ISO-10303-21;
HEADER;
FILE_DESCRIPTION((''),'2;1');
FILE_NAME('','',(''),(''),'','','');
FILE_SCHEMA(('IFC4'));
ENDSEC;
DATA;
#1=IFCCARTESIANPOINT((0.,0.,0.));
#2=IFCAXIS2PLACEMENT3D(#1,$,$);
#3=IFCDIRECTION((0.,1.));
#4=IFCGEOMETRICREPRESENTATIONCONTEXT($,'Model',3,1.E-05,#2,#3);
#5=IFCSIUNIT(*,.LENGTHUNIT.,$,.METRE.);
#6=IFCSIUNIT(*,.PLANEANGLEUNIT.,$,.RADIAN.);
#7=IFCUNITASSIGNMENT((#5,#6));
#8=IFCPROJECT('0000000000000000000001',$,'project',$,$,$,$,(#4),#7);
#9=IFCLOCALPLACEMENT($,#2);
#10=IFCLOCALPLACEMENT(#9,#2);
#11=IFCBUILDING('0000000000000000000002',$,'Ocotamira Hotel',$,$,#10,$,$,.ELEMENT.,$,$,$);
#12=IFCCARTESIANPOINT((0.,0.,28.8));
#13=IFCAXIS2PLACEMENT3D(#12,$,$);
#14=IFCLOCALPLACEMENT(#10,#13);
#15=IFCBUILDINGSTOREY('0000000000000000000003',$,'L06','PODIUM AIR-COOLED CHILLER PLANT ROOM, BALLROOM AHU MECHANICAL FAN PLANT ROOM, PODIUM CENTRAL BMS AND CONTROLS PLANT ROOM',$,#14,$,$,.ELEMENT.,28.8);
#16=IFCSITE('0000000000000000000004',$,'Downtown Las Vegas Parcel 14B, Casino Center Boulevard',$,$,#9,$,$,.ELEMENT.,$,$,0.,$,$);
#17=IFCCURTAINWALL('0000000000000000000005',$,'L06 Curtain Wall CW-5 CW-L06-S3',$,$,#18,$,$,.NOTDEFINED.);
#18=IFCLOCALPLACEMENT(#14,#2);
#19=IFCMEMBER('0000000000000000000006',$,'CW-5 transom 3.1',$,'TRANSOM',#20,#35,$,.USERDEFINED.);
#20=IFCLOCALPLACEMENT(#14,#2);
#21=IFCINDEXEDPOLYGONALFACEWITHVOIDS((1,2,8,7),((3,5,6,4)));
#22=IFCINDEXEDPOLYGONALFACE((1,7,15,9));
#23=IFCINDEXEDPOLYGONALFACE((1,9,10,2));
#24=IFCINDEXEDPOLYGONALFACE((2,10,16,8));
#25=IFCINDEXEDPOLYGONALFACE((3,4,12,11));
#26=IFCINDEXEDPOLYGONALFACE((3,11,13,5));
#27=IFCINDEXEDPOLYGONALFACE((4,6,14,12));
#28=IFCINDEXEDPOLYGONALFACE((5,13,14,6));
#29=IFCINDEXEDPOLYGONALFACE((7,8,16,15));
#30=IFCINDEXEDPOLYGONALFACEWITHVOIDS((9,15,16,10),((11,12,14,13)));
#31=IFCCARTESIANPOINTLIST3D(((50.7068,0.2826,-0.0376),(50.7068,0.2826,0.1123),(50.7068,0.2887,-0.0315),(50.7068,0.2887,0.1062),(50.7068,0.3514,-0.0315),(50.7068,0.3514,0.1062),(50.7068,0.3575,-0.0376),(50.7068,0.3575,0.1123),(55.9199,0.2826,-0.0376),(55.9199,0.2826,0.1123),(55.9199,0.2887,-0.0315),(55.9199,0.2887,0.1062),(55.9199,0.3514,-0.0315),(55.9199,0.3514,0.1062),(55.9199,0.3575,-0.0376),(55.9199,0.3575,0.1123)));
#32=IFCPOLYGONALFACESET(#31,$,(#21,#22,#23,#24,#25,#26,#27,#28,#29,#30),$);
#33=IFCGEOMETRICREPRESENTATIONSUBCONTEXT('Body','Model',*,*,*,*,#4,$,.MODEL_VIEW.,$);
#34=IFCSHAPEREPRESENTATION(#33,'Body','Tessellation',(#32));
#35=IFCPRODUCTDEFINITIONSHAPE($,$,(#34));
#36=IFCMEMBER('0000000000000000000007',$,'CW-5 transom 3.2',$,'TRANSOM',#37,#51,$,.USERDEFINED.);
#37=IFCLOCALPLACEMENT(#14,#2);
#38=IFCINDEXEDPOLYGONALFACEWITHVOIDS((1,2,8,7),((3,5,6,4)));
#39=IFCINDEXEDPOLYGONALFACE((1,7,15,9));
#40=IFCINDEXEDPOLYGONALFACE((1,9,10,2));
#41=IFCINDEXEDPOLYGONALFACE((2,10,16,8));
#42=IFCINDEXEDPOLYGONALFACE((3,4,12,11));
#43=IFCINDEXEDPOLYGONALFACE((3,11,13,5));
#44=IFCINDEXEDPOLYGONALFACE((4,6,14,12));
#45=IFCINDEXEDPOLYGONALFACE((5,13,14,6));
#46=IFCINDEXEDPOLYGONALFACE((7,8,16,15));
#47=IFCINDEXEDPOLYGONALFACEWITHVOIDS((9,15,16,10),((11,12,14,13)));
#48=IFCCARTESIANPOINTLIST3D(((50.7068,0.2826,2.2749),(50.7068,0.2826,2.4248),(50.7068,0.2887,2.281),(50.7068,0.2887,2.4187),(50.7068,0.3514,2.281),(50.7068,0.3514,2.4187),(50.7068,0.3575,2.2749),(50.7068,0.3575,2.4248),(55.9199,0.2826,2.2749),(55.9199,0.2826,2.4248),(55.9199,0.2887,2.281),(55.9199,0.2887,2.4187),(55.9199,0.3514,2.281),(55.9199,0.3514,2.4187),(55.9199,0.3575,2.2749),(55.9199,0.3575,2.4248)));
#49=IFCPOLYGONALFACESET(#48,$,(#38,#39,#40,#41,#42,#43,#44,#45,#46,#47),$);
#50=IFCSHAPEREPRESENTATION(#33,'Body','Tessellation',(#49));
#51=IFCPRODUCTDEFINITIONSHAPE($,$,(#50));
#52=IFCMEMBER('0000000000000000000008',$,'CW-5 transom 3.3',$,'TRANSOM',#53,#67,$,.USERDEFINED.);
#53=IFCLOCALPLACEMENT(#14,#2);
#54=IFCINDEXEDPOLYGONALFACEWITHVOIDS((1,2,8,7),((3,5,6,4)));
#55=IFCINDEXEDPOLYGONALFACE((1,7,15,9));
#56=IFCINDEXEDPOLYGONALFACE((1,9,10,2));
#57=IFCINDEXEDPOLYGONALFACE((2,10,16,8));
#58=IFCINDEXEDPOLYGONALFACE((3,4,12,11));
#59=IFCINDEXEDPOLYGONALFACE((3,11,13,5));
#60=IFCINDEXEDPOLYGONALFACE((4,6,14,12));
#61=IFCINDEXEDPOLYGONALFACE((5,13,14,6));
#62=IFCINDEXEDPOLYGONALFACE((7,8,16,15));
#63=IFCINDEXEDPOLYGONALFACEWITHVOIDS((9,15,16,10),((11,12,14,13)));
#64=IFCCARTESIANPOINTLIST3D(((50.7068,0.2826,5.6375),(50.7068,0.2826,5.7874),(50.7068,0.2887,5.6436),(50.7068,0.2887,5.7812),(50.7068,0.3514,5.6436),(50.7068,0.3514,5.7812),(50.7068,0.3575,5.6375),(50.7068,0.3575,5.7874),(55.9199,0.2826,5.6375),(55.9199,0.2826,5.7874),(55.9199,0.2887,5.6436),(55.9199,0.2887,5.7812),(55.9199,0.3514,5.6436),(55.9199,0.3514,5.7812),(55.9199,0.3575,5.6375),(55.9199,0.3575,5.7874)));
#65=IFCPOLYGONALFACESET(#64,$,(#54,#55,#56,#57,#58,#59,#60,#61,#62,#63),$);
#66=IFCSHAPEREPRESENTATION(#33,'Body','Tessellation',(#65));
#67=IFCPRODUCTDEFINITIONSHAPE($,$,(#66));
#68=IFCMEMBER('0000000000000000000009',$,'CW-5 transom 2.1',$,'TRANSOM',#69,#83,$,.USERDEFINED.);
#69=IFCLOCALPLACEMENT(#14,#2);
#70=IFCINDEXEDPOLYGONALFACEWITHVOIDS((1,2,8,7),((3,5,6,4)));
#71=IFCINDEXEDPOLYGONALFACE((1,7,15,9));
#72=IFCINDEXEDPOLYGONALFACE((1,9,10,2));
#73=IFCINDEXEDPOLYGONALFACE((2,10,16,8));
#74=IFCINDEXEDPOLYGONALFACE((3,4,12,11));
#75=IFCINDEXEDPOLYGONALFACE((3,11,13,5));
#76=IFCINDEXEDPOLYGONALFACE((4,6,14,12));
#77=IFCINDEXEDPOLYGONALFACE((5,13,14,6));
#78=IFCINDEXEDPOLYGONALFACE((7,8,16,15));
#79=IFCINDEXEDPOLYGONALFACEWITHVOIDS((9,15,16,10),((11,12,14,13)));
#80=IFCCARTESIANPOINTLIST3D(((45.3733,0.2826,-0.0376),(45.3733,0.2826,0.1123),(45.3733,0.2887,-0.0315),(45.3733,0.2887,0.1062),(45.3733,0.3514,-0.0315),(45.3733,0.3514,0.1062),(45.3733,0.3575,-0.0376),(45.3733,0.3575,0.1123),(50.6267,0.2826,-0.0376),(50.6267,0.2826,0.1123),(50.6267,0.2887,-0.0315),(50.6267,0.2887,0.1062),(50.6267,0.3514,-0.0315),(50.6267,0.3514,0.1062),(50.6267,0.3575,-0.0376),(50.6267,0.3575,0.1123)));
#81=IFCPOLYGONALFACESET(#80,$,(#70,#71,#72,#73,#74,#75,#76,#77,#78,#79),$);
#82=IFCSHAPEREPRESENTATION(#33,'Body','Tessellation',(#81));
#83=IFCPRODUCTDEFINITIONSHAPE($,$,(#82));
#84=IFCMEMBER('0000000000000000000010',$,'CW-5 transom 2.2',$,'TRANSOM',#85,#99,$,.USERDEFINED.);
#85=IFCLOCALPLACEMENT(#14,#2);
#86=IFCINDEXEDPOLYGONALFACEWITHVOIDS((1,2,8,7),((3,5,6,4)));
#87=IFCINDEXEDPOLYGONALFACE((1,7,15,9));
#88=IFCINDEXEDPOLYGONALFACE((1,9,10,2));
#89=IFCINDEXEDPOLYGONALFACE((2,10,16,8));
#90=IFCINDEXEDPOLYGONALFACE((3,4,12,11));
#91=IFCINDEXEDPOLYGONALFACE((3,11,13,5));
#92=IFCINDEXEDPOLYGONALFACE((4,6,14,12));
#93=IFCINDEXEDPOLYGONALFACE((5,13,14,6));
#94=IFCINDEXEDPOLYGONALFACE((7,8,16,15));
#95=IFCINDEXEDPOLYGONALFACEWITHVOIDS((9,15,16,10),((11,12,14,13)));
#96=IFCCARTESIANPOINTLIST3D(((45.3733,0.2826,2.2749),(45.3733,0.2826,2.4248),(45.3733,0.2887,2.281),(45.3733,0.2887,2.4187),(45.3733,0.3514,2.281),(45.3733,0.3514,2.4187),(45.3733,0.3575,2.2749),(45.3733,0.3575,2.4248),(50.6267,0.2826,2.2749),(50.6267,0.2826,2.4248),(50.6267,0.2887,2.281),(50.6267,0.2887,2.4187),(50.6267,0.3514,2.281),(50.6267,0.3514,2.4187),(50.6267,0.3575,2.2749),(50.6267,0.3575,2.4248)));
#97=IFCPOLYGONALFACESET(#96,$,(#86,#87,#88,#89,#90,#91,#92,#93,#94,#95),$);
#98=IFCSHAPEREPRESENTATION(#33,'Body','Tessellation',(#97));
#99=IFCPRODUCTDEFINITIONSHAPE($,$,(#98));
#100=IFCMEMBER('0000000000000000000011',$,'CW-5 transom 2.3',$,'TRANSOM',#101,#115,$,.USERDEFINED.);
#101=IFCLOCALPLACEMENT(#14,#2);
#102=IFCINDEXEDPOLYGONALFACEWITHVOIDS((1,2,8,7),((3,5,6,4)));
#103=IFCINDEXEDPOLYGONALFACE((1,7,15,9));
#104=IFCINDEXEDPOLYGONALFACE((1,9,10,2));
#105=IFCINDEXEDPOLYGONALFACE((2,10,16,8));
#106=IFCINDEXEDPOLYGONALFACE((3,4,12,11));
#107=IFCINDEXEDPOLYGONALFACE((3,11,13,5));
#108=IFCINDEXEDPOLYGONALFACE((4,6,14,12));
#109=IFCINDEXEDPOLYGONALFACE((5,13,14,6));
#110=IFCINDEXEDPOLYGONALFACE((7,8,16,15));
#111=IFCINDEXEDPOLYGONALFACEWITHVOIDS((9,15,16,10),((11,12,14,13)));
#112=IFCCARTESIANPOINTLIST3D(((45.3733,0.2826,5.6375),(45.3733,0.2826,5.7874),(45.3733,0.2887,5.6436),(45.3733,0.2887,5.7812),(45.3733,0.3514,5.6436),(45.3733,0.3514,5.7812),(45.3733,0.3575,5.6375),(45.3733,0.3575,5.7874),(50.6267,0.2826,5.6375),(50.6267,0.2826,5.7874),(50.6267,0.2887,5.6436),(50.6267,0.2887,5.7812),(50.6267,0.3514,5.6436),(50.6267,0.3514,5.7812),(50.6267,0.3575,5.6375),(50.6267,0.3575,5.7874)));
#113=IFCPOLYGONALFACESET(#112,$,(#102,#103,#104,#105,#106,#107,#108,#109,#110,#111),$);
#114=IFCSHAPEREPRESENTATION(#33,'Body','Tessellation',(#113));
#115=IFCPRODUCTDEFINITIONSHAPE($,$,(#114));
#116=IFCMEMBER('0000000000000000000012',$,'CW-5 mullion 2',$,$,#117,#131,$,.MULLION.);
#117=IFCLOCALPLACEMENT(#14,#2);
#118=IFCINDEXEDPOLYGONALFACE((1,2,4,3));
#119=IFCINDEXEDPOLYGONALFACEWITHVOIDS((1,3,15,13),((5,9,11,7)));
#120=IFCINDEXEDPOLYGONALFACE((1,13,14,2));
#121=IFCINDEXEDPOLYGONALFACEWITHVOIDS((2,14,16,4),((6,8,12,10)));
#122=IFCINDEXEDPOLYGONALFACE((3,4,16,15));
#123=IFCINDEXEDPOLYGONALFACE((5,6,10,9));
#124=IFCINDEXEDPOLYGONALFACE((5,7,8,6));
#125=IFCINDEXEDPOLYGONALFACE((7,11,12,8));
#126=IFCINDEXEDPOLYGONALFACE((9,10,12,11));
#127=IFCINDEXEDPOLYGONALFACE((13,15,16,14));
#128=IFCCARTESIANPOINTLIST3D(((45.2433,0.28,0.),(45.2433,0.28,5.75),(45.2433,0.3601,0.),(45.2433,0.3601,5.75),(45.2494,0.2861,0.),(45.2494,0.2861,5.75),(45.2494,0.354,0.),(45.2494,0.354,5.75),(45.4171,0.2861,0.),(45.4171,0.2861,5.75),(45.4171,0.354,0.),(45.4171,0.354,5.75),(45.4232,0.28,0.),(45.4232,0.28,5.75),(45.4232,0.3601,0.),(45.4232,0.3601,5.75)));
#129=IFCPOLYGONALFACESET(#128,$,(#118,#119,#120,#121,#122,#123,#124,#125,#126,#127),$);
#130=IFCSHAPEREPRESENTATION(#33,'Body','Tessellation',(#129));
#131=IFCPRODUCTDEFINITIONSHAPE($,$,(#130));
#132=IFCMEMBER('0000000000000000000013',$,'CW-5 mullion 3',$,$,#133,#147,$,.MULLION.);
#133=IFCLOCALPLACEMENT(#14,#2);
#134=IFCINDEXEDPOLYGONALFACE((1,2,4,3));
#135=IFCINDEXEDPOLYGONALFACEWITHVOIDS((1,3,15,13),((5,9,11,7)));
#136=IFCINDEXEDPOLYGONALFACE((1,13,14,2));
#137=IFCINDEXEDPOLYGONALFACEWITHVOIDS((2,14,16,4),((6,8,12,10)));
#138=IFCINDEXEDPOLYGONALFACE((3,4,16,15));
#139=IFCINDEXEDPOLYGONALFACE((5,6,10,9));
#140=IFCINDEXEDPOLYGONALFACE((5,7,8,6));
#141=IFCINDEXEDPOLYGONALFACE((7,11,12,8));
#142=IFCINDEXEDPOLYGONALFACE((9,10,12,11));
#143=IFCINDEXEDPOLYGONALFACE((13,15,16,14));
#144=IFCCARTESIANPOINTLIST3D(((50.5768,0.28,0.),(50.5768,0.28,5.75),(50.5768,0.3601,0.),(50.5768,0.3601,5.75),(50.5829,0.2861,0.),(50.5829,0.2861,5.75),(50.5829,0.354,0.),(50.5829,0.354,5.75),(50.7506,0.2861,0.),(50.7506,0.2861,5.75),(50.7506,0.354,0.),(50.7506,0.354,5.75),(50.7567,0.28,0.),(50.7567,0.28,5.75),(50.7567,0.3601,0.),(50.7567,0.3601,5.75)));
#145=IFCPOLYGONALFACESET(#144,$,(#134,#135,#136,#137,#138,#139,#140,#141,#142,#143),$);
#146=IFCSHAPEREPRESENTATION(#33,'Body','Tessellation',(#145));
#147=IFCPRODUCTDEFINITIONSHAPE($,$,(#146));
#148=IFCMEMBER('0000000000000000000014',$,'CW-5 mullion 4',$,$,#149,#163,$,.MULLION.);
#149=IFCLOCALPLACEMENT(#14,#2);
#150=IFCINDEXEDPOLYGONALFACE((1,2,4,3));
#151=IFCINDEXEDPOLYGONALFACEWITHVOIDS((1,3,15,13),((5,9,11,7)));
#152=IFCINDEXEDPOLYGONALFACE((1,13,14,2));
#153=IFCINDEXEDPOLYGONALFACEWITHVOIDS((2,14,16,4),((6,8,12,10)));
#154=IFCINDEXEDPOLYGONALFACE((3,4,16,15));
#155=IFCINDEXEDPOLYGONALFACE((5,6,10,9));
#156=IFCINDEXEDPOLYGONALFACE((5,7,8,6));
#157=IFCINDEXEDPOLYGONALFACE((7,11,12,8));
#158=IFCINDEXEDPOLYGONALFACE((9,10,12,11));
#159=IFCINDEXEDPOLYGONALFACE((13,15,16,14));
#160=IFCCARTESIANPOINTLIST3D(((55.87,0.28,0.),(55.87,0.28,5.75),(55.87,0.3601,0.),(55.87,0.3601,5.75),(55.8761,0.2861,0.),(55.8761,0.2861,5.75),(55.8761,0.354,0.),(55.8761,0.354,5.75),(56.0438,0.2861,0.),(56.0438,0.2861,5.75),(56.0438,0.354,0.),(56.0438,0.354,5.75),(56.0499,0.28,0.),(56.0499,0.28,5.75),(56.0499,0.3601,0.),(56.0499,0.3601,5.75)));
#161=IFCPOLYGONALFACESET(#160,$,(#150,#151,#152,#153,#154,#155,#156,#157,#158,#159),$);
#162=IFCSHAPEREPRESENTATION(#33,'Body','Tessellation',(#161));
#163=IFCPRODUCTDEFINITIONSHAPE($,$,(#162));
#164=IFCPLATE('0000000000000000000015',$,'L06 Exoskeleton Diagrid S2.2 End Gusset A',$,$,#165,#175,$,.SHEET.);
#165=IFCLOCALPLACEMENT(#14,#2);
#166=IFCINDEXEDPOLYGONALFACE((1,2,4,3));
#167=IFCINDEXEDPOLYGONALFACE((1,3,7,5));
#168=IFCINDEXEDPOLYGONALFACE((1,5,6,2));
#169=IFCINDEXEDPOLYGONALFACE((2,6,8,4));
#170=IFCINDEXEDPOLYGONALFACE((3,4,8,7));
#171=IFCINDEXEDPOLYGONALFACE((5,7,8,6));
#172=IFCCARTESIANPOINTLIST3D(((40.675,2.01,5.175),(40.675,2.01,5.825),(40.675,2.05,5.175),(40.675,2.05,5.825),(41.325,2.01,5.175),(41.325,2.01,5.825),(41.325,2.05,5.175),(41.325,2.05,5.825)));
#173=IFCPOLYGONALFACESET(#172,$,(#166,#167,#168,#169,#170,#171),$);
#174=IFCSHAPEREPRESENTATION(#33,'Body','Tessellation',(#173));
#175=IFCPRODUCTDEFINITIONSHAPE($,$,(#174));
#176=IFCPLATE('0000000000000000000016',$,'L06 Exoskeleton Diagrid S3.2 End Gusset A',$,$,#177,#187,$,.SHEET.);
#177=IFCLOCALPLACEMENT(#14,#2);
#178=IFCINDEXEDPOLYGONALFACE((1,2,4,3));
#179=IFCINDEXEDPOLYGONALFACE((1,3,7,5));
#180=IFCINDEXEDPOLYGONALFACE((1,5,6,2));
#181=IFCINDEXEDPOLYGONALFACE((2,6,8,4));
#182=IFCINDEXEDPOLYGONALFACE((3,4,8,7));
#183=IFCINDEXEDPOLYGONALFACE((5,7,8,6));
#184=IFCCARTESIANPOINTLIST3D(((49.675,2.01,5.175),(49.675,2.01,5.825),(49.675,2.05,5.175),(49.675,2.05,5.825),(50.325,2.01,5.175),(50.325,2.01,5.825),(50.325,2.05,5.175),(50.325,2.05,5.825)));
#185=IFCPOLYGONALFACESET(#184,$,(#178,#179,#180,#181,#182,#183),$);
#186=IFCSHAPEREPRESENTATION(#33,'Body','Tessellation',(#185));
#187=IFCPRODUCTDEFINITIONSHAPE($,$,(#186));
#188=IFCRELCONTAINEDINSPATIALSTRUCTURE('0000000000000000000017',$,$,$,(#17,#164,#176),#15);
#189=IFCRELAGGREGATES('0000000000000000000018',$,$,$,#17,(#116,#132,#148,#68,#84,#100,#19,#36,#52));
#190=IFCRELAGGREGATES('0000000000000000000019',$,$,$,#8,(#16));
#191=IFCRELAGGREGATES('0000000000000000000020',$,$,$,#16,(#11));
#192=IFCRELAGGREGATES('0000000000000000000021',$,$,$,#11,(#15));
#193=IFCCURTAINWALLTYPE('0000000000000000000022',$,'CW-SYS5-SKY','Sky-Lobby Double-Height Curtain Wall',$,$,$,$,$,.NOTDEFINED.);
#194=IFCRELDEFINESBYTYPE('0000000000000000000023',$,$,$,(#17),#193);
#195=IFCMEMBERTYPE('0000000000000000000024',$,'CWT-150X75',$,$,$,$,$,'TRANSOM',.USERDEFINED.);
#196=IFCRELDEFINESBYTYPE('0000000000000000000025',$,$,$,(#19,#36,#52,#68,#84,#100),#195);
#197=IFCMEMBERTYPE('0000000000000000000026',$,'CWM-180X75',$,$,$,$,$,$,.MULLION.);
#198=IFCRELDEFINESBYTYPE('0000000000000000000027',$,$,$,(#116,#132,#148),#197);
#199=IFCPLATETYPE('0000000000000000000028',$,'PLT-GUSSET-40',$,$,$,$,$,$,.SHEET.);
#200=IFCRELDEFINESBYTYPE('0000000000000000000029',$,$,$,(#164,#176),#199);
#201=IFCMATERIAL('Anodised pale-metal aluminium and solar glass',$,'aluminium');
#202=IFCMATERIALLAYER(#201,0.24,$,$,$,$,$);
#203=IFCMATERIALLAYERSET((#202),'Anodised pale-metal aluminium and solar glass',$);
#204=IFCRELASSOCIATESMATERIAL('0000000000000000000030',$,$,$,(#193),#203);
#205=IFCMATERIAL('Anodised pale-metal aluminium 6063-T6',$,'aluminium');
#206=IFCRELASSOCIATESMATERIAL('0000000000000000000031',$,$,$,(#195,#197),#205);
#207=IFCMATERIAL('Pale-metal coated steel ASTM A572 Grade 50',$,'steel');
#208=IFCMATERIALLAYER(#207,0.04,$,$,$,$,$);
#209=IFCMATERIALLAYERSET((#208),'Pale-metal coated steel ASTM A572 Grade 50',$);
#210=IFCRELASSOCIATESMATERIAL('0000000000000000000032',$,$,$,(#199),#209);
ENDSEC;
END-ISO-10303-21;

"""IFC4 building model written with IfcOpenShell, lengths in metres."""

from ifc_helpers import new_model, si_unit, direction, frame, origin, origin_2d, place, context, subcontext, project, spatial, rectangle, hollow_rectangle, extrude, source, transform, mapped, material, layer, layer_set, material_profile, profile_set, type_object, element, aggregate, save


model = new_model("IFC4")

# Units and contexts
model_context = context("Model", 3, precision=1e-05, world=origin(), true_north=direction((0.0, 1.0)))
body_context = subcontext(model_context, "Body", "Model", "MODEL_VIEW")
ifc_project = project(units=[si_unit("LENGTHUNIT", "METRE"), si_unit("PLANEANGLEUNIT", "RADIAN")], contexts=[model_context])

# Site, building, storey
site_placement = place(None, origin())
site = spatial("IfcSite", under=ifc_project, at=site_placement, Name="Downtown Las Vegas Parcel 14B, Casino Center Boulevard", CompositionType="ELEMENT", RefElevation=0.0)
building_placement = place(site_placement, origin())
building = spatial("IfcBuilding", under=site, at=building_placement, Name="Ocotamira Hotel", CompositionType="ELEMENT")
storey_placement = place(building_placement, frame((0.0, 0.0, 28.8)))
storey = spatial("IfcBuildingStorey", under=building, at=storey_placement, Name="L06", Description="PODIUM AIR-COOLED CHILLER PLANT ROOM, BALLROOM AHU MECHANICAL FAN PLANT ROOM, PODIUM CENTRAL BMS AND CONTROLS PLANT ROOM", CompositionType="ELEMENT", Elevation=28.8)

# Curtain wall, members
ifc_material_1 = material(Name="Anodised pale-metal aluminium and solar glass", Category="aluminium")
ifc_layer_1 = layer(ifc_material_1, 0.24)
ifc_layer_set_1 = layer_set([ifc_layer_1], Name="Anodised pale-metal aluminium and solar glass")
curtain_wall_type = type_object("IfcCurtainWallType", Name="CW-SYS5-SKY", Description="Sky-Lobby Double-Height Curtain Wall", PredefinedType="NOTDEFINED", material=ifc_layer_set_1)
curtain_wall_placement = place(storey_placement, origin())
curtain_wall = element("IfcCurtainWall", 1, at=curtain_wall_placement, inside=storey, type_object=curtain_wall_type, Name="L06 Curtain Wall CW-5 CW-L06-S3", PredefinedType="NOTDEFINED")
ifc_material_2 = material(Name="Anodised pale-metal aluminium 6063-T6", Category="aluminium")
ifc_material_profile_1 = material_profile(ifc_material_2, hollow_rectangle(XDim=0.075, YDim=0.1499, WallThickness=0.0061, at=origin_2d()), Name="HSS150X75X6")
ifc_profile_set_1 = profile_set([ifc_material_profile_1], Name="Anodised pale-metal aluminium 6063-T6")
member_type_1 = type_object("IfcMemberType", Name="CWT-150X75", ElementType="TRANSOM", PredefinedType="USERDEFINED", material=ifc_profile_set_1)
shared_shape_1 = source(origin(), body_context, "Body", "SweptSolid", [
    extrude(hollow_rectangle(XDim=0.075, YDim=0.1499, WallThickness=0.0061, at=origin_2d()), origin(), (0.0, 0.0, 1.0), 5.2131),
])
member_1_placement = place(storey_placement, frame((50.7068, 0.3201, 0.0374), z_axis=(1.0, 0.0, 0.0), x_axis=(0.0, 1.0, 0.0)))
member_1 = element("IfcMember", 2, at=member_1_placement, type_object=member_type_1, Name="CW-5 transom 3.1", ObjectType="TRANSOM", PredefinedType="USERDEFINED", context=body_context, shape_type="MappedRepresentation", body=[
    mapped(shared_shape_1, transform((0.0, 0.0, 0.0), scale=1.0)),
])
member_2_placement = place(storey_placement, frame((50.7068, 0.3201, 2.3499), z_axis=(1.0, 0.0, 0.0), x_axis=(0.0, 1.0, 0.0)))
member_2 = element("IfcMember", 3, at=member_2_placement, type_object=member_type_1, Name="CW-5 transom 3.2", ObjectType="TRANSOM", PredefinedType="USERDEFINED", context=body_context, shape_type="MappedRepresentation", body=[
    mapped(shared_shape_1, transform((0.0, 0.0, 0.0), scale=1.0)),
])
member_3_placement = place(storey_placement, frame((50.7068, 0.3201, 5.7124), z_axis=(1.0, 0.0, 0.0), x_axis=(0.0, 1.0, 0.0)))
member_3 = element("IfcMember", 4, at=member_3_placement, type_object=member_type_1, Name="CW-5 transom 3.3", ObjectType="TRANSOM", PredefinedType="USERDEFINED", context=body_context, shape_type="MappedRepresentation", body=[
    mapped(shared_shape_1, transform((0.0, 0.0, 0.0), scale=1.0)),
])
shared_shape_2 = source(origin(), body_context, "Body", "SweptSolid", [
    extrude(hollow_rectangle(XDim=0.075, YDim=0.1499, WallThickness=0.0061, at=origin_2d()), origin(), (0.0, 0.0, 1.0), 5.2534),
])
member_4_placement = place(storey_placement, frame((45.3733, 0.3201, 0.0374), z_axis=(1.0, 0.0, 0.0), x_axis=(0.0, 1.0, 0.0)))
member_4 = element("IfcMember", 5, at=member_4_placement, type_object=member_type_1, Name="CW-5 transom 2.1", ObjectType="TRANSOM", PredefinedType="USERDEFINED", context=body_context, shape_type="MappedRepresentation", body=[
    mapped(shared_shape_2, transform((0.0, 0.0, 0.0), scale=1.0)),
])
member_5_placement = place(storey_placement, frame((45.3733, 0.3201, 2.3499), z_axis=(1.0, 0.0, 0.0), x_axis=(0.0, 1.0, 0.0)))
member_5 = element("IfcMember", 6, at=member_5_placement, type_object=member_type_1, Name="CW-5 transom 2.2", ObjectType="TRANSOM", PredefinedType="USERDEFINED", context=body_context, shape_type="MappedRepresentation", body=[
    mapped(shared_shape_2, transform((0.0, 0.0, 0.0), scale=1.0)),
])
member_6_placement = place(storey_placement, frame((45.3733, 0.3201, 5.7124), z_axis=(1.0, 0.0, 0.0), x_axis=(0.0, 1.0, 0.0)))
member_6 = element("IfcMember", 7, at=member_6_placement, type_object=member_type_1, Name="CW-5 transom 2.3", ObjectType="TRANSOM", PredefinedType="USERDEFINED", context=body_context, shape_type="MappedRepresentation", body=[
    mapped(shared_shape_2, transform((0.0, 0.0, 0.0), scale=1.0)),
])
ifc_material_profile_2 = material_profile(ifc_material_2, hollow_rectangle(XDim=0.0801, YDim=0.1799, WallThickness=0.0061, at=origin_2d()), Name="HSS180X80X6")
ifc_profile_set_2 = profile_set([ifc_material_profile_2], Name="Anodised pale-metal aluminium 6063-T6")
member_type_2 = type_object("IfcMemberType", Name="CWM-180X75", PredefinedType="MULLION", material=ifc_profile_set_2)
shared_shape_3 = source(origin(), body_context, "Body", "SweptSolid", [
    extrude(hollow_rectangle(XDim=0.0801, YDim=0.1799, WallThickness=0.0061, at=origin_2d()), origin(), (0.0, 0.0, 1.0), 5.75),
])
member_7_placement = place(storey_placement, frame((45.3333, 0.3201, 0.0), z_axis=(0.0, 0.0, 1.0), x_axis=(0.0, 1.0, 0.0)))
member_7 = element("IfcMember", 8, at=member_7_placement, type_object=member_type_2, Name="CW-5 mullion 2", PredefinedType="MULLION", context=body_context, shape_type="MappedRepresentation", body=[
    mapped(shared_shape_3, transform((0.0, 0.0, 0.0), scale=1.0)),
])
member_8_placement = place(storey_placement, frame((50.6667, 0.3201, 0.0), z_axis=(0.0, 0.0, 1.0), x_axis=(0.0, 1.0, 0.0)))
member_8 = element("IfcMember", 9, at=member_8_placement, type_object=member_type_2, Name="CW-5 mullion 3", PredefinedType="MULLION", context=body_context, shape_type="MappedRepresentation", body=[
    mapped(shared_shape_3, transform((0.0, 0.0, 0.0), scale=1.0)),
])
member_9_placement = place(storey_placement, frame((55.96, 0.3201, 0.0), z_axis=(0.0, 0.0, 1.0), x_axis=(0.0, 1.0, 0.0)))
member_9 = element("IfcMember", 10, at=member_9_placement, type_object=member_type_2, Name="CW-5 mullion 4", PredefinedType="MULLION", context=body_context, shape_type="MappedRepresentation", body=[
    mapped(shared_shape_3, transform((0.0, 0.0, 0.0), scale=1.0)),
])

# Plates
ifc_material_3 = material(Name="Pale-metal coated steel ASTM A572 Grade 50", Category="steel")
ifc_layer_2 = layer(ifc_material_3, 0.04)
ifc_layer_set_2 = layer_set([ifc_layer_2], Name="Pale-metal coated steel ASTM A572 Grade 50")
plate_type_1 = type_object("IfcPlateType", Name="PLT-GUSSET-40", PredefinedType="SHEET", material=ifc_layer_set_2)
shared_shape_4 = source(origin(), body_context, "Body", "SweptSolid", [
    extrude(rectangle(XDim=0.6499, YDim=0.04, at=origin_2d()), origin(), (0.0, 0.0, 1.0), 0.6499),
])
for number, where, z_axis, x_axis, name in (
    (11, (41.0, 2.03, 5.175), (0.0, 0.0, 1.0), (-1.0, 0.0, 0.0), "L06 Exoskeleton Diagrid S2.2 End Gusset A"),
    (12, (50.0, 2.03, 5.175), (0.0, 0.0, 1.0), (-1.0, 0.0, 0.0), "L06 Exoskeleton Diagrid S3.2 End Gusset A"),
):
    element("IfcPlate", number, at=place(storey_placement, frame(where, z_axis=z_axis, x_axis=x_axis)), inside=storey, type_object=plate_type_1, Name=name, PredefinedType="SHEET", context=body_context, shape_type="MappedRepresentation", body=[
        mapped(shared_shape_4, transform((0.0, 0.0, 0.0), scale=1.0)),
    ])

aggregate(curtain_wall, [member_7, member_8, member_9, member_4, member_5, member_6, member_1, member_2, member_3])

save(model, "model.ifc")
